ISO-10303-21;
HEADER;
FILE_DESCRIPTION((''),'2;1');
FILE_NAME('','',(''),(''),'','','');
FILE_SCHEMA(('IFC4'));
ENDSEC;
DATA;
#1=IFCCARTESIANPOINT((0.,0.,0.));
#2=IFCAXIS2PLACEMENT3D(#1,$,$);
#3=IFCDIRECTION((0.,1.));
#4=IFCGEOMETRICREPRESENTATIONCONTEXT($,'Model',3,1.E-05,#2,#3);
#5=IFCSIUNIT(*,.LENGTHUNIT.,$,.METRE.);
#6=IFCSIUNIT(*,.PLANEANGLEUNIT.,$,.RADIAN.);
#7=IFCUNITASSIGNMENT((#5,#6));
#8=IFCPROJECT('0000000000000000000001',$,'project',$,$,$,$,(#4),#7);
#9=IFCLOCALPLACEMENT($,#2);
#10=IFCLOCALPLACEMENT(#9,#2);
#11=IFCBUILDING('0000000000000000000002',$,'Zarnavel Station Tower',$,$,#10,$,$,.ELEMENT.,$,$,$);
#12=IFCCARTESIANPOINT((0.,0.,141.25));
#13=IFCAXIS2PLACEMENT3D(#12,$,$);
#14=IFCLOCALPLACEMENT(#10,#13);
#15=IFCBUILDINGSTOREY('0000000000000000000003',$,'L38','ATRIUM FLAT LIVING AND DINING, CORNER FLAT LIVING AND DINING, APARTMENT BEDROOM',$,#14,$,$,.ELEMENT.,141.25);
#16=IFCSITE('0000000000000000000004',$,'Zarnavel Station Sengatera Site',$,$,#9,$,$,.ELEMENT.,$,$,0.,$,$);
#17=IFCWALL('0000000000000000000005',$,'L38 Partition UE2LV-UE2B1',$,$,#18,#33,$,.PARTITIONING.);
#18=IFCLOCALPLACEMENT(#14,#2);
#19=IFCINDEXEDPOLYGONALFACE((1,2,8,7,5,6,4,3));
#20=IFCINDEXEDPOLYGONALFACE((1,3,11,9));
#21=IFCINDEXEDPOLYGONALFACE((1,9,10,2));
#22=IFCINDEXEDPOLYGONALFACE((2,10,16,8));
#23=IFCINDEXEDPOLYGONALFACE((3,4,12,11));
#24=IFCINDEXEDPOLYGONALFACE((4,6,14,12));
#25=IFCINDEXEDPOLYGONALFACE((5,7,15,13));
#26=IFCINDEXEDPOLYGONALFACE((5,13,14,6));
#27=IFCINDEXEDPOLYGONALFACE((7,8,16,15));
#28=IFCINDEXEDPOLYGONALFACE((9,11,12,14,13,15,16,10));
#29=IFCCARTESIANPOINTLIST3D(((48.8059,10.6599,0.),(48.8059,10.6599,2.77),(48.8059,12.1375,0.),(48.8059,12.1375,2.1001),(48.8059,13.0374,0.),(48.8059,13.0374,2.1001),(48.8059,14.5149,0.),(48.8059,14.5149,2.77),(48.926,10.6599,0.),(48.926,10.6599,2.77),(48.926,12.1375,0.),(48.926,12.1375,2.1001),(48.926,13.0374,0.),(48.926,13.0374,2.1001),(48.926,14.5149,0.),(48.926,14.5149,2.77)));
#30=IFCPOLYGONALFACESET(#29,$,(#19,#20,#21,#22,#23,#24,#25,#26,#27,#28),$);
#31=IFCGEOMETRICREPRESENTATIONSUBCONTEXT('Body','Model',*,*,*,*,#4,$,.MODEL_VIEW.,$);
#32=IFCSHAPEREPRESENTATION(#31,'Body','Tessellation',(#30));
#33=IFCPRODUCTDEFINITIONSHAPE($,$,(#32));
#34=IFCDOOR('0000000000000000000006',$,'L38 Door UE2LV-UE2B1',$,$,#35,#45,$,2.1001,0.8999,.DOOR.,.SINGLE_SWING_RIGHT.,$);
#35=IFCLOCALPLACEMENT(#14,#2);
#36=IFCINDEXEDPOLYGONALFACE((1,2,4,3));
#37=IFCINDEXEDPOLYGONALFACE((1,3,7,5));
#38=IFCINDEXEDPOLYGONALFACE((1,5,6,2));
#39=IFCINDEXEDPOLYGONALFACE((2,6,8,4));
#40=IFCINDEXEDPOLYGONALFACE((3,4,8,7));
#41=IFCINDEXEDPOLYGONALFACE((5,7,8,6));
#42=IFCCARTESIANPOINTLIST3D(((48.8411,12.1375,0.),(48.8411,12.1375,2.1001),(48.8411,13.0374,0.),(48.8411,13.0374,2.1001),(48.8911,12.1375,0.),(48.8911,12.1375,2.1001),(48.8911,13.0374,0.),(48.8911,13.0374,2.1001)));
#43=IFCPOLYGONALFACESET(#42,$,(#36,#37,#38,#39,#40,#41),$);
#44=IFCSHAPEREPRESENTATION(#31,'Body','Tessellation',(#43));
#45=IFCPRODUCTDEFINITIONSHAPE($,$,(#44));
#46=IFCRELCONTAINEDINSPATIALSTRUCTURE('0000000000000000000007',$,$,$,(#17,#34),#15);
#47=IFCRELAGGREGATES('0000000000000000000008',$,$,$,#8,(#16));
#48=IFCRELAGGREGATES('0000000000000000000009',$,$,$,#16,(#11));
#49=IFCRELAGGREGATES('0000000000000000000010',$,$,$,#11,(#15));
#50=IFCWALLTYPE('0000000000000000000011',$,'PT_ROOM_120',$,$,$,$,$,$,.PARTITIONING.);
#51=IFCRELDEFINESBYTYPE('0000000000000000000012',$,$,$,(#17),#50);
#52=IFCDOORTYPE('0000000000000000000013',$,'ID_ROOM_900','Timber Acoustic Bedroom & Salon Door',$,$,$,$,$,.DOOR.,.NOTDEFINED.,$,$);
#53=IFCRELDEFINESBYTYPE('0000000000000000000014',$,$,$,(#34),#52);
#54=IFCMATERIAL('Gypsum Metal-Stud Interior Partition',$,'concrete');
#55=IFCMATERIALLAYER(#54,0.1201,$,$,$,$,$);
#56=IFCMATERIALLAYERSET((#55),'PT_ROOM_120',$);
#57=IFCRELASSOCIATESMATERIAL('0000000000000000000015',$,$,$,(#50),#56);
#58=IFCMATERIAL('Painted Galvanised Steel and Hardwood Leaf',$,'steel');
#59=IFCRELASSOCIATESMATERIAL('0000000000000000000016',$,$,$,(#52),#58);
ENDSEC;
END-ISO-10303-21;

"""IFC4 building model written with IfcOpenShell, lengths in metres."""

from ifc_helpers import new_model, si_unit, direction, frame, frame_2d, origin, place, context, subcontext, project, spatial, rectangle, extrude, material, layer, layer_set, type_object, element, fill, save


model = new_model("IFC4")

# Units and contexts
model_context = context("Model", 3, precision=1e-05, world=origin(), true_north=direction((0.0, 1.0)))
body_context = subcontext(model_context, "Body", "Model", "MODEL_VIEW")
ifc_project = project(units=[si_unit("LENGTHUNIT", "METRE"), si_unit("PLANEANGLEUNIT", "RADIAN")], contexts=[model_context])

# Site, building, storey
site_placement = place(None, origin())
site = spatial("IfcSite", under=ifc_project, at=site_placement, Name="Zarnavel Station Sengatera Site", CompositionType="ELEMENT", RefElevation=0.0)
building_placement = place(site_placement, origin())
building = spatial("IfcBuilding", under=site, at=building_placement, Name="Zarnavel Station Tower", CompositionType="ELEMENT")
storey_placement = place(building_placement, frame((0.0, 0.0, 141.25)))
storey = spatial("IfcBuildingStorey", under=building, at=storey_placement, Name="L38", Description="ATRIUM FLAT LIVING AND DINING, CORNER FLAT LIVING AND DINING, APARTMENT BEDROOM", CompositionType="ELEMENT", Elevation=141.25)

# Wall, opening, door
ifc_material_1 = material(Name="Gypsum Metal-Stud Interior Partition", Category="concrete")
ifc_layer_1 = layer(ifc_material_1, 0.1201)
ifc_layer_set_1 = layer_set([ifc_layer_1], Name="PT_ROOM_120")
wall_type_1 = type_object("IfcWallType", Name="PT_ROOM_120", PredefinedType="PARTITIONING", material=ifc_layer_set_1)
wall_1_placement = place(storey_placement, frame((48.866, 10.6599, 0.0), z_axis=(0.0, 0.0, 1.0), x_axis=(0.0, 1.0, 0.0)))
wall_1 = element("IfcWall", 1, at=wall_1_placement, inside=storey, type_object=wall_type_1, Name="L38 Partition UE2LV-UE2B1", PredefinedType="PARTITIONING", context=body_context, shape_type="SweptSolid", body=[
    extrude(rectangle(XDim=3.855, YDim=0.1201, at=frame_2d((1.9275, 0.0))), origin(), (0.0, 0.0, 1.0), 2.77),
])
opening_1_placement = place(wall_1_placement, frame((1.4775, 0.0, 0.0)))
opening_1 = element("IfcOpeningElement", 2, at=opening_1_placement, cuts=wall_1, PredefinedType="OPENING", context=body_context, shape_type="SweptSolid", body=[
    extrude(rectangle(XDim=0.8999, YDim=2.1001, at=frame_2d((0.45, 1.05))), frame((0.0, 0.0701, 0.0), z_axis=(0.0, -1.0, 0.0), x_axis=(1.0, 0.0, 0.0)), (0.0, 0.0, 1.0), 0.1401),
])
ifc_material_2 = material(Name="Painted Galvanised Steel and Hardwood Leaf", Category="steel")
door_type_1 = type_object("IfcDoorType", Name="ID_ROOM_900", Description="Timber Acoustic Bedroom & Salon Door", OperationType="NOTDEFINED", PredefinedType="DOOR", material=ifc_material_2)
door_1_placement = place(opening_1_placement, origin())
door_1 = element("IfcDoor", 3, at=door_1_placement, inside=storey, type_object=door_type_1, Name="L38 Door UE2LV-UE2B1", OperationType="SINGLE_SWING_RIGHT", OverallHeight=2.1001, OverallWidth=0.8999, PredefinedType="DOOR", context=body_context, shape_type="SweptSolid", body=[
    extrude(rectangle(XDim=0.8999, YDim=2.1001, at=frame_2d((0.45, 1.05))), frame((0.0, 0.0249, 0.0), z_axis=(0.0, -1.0, 0.0), x_axis=(1.0, 0.0, 0.0)), (0.0, 0.0, 1.0), 0.05),
])
fill(opening_1, door_1)

save(model, "model.ifc")
